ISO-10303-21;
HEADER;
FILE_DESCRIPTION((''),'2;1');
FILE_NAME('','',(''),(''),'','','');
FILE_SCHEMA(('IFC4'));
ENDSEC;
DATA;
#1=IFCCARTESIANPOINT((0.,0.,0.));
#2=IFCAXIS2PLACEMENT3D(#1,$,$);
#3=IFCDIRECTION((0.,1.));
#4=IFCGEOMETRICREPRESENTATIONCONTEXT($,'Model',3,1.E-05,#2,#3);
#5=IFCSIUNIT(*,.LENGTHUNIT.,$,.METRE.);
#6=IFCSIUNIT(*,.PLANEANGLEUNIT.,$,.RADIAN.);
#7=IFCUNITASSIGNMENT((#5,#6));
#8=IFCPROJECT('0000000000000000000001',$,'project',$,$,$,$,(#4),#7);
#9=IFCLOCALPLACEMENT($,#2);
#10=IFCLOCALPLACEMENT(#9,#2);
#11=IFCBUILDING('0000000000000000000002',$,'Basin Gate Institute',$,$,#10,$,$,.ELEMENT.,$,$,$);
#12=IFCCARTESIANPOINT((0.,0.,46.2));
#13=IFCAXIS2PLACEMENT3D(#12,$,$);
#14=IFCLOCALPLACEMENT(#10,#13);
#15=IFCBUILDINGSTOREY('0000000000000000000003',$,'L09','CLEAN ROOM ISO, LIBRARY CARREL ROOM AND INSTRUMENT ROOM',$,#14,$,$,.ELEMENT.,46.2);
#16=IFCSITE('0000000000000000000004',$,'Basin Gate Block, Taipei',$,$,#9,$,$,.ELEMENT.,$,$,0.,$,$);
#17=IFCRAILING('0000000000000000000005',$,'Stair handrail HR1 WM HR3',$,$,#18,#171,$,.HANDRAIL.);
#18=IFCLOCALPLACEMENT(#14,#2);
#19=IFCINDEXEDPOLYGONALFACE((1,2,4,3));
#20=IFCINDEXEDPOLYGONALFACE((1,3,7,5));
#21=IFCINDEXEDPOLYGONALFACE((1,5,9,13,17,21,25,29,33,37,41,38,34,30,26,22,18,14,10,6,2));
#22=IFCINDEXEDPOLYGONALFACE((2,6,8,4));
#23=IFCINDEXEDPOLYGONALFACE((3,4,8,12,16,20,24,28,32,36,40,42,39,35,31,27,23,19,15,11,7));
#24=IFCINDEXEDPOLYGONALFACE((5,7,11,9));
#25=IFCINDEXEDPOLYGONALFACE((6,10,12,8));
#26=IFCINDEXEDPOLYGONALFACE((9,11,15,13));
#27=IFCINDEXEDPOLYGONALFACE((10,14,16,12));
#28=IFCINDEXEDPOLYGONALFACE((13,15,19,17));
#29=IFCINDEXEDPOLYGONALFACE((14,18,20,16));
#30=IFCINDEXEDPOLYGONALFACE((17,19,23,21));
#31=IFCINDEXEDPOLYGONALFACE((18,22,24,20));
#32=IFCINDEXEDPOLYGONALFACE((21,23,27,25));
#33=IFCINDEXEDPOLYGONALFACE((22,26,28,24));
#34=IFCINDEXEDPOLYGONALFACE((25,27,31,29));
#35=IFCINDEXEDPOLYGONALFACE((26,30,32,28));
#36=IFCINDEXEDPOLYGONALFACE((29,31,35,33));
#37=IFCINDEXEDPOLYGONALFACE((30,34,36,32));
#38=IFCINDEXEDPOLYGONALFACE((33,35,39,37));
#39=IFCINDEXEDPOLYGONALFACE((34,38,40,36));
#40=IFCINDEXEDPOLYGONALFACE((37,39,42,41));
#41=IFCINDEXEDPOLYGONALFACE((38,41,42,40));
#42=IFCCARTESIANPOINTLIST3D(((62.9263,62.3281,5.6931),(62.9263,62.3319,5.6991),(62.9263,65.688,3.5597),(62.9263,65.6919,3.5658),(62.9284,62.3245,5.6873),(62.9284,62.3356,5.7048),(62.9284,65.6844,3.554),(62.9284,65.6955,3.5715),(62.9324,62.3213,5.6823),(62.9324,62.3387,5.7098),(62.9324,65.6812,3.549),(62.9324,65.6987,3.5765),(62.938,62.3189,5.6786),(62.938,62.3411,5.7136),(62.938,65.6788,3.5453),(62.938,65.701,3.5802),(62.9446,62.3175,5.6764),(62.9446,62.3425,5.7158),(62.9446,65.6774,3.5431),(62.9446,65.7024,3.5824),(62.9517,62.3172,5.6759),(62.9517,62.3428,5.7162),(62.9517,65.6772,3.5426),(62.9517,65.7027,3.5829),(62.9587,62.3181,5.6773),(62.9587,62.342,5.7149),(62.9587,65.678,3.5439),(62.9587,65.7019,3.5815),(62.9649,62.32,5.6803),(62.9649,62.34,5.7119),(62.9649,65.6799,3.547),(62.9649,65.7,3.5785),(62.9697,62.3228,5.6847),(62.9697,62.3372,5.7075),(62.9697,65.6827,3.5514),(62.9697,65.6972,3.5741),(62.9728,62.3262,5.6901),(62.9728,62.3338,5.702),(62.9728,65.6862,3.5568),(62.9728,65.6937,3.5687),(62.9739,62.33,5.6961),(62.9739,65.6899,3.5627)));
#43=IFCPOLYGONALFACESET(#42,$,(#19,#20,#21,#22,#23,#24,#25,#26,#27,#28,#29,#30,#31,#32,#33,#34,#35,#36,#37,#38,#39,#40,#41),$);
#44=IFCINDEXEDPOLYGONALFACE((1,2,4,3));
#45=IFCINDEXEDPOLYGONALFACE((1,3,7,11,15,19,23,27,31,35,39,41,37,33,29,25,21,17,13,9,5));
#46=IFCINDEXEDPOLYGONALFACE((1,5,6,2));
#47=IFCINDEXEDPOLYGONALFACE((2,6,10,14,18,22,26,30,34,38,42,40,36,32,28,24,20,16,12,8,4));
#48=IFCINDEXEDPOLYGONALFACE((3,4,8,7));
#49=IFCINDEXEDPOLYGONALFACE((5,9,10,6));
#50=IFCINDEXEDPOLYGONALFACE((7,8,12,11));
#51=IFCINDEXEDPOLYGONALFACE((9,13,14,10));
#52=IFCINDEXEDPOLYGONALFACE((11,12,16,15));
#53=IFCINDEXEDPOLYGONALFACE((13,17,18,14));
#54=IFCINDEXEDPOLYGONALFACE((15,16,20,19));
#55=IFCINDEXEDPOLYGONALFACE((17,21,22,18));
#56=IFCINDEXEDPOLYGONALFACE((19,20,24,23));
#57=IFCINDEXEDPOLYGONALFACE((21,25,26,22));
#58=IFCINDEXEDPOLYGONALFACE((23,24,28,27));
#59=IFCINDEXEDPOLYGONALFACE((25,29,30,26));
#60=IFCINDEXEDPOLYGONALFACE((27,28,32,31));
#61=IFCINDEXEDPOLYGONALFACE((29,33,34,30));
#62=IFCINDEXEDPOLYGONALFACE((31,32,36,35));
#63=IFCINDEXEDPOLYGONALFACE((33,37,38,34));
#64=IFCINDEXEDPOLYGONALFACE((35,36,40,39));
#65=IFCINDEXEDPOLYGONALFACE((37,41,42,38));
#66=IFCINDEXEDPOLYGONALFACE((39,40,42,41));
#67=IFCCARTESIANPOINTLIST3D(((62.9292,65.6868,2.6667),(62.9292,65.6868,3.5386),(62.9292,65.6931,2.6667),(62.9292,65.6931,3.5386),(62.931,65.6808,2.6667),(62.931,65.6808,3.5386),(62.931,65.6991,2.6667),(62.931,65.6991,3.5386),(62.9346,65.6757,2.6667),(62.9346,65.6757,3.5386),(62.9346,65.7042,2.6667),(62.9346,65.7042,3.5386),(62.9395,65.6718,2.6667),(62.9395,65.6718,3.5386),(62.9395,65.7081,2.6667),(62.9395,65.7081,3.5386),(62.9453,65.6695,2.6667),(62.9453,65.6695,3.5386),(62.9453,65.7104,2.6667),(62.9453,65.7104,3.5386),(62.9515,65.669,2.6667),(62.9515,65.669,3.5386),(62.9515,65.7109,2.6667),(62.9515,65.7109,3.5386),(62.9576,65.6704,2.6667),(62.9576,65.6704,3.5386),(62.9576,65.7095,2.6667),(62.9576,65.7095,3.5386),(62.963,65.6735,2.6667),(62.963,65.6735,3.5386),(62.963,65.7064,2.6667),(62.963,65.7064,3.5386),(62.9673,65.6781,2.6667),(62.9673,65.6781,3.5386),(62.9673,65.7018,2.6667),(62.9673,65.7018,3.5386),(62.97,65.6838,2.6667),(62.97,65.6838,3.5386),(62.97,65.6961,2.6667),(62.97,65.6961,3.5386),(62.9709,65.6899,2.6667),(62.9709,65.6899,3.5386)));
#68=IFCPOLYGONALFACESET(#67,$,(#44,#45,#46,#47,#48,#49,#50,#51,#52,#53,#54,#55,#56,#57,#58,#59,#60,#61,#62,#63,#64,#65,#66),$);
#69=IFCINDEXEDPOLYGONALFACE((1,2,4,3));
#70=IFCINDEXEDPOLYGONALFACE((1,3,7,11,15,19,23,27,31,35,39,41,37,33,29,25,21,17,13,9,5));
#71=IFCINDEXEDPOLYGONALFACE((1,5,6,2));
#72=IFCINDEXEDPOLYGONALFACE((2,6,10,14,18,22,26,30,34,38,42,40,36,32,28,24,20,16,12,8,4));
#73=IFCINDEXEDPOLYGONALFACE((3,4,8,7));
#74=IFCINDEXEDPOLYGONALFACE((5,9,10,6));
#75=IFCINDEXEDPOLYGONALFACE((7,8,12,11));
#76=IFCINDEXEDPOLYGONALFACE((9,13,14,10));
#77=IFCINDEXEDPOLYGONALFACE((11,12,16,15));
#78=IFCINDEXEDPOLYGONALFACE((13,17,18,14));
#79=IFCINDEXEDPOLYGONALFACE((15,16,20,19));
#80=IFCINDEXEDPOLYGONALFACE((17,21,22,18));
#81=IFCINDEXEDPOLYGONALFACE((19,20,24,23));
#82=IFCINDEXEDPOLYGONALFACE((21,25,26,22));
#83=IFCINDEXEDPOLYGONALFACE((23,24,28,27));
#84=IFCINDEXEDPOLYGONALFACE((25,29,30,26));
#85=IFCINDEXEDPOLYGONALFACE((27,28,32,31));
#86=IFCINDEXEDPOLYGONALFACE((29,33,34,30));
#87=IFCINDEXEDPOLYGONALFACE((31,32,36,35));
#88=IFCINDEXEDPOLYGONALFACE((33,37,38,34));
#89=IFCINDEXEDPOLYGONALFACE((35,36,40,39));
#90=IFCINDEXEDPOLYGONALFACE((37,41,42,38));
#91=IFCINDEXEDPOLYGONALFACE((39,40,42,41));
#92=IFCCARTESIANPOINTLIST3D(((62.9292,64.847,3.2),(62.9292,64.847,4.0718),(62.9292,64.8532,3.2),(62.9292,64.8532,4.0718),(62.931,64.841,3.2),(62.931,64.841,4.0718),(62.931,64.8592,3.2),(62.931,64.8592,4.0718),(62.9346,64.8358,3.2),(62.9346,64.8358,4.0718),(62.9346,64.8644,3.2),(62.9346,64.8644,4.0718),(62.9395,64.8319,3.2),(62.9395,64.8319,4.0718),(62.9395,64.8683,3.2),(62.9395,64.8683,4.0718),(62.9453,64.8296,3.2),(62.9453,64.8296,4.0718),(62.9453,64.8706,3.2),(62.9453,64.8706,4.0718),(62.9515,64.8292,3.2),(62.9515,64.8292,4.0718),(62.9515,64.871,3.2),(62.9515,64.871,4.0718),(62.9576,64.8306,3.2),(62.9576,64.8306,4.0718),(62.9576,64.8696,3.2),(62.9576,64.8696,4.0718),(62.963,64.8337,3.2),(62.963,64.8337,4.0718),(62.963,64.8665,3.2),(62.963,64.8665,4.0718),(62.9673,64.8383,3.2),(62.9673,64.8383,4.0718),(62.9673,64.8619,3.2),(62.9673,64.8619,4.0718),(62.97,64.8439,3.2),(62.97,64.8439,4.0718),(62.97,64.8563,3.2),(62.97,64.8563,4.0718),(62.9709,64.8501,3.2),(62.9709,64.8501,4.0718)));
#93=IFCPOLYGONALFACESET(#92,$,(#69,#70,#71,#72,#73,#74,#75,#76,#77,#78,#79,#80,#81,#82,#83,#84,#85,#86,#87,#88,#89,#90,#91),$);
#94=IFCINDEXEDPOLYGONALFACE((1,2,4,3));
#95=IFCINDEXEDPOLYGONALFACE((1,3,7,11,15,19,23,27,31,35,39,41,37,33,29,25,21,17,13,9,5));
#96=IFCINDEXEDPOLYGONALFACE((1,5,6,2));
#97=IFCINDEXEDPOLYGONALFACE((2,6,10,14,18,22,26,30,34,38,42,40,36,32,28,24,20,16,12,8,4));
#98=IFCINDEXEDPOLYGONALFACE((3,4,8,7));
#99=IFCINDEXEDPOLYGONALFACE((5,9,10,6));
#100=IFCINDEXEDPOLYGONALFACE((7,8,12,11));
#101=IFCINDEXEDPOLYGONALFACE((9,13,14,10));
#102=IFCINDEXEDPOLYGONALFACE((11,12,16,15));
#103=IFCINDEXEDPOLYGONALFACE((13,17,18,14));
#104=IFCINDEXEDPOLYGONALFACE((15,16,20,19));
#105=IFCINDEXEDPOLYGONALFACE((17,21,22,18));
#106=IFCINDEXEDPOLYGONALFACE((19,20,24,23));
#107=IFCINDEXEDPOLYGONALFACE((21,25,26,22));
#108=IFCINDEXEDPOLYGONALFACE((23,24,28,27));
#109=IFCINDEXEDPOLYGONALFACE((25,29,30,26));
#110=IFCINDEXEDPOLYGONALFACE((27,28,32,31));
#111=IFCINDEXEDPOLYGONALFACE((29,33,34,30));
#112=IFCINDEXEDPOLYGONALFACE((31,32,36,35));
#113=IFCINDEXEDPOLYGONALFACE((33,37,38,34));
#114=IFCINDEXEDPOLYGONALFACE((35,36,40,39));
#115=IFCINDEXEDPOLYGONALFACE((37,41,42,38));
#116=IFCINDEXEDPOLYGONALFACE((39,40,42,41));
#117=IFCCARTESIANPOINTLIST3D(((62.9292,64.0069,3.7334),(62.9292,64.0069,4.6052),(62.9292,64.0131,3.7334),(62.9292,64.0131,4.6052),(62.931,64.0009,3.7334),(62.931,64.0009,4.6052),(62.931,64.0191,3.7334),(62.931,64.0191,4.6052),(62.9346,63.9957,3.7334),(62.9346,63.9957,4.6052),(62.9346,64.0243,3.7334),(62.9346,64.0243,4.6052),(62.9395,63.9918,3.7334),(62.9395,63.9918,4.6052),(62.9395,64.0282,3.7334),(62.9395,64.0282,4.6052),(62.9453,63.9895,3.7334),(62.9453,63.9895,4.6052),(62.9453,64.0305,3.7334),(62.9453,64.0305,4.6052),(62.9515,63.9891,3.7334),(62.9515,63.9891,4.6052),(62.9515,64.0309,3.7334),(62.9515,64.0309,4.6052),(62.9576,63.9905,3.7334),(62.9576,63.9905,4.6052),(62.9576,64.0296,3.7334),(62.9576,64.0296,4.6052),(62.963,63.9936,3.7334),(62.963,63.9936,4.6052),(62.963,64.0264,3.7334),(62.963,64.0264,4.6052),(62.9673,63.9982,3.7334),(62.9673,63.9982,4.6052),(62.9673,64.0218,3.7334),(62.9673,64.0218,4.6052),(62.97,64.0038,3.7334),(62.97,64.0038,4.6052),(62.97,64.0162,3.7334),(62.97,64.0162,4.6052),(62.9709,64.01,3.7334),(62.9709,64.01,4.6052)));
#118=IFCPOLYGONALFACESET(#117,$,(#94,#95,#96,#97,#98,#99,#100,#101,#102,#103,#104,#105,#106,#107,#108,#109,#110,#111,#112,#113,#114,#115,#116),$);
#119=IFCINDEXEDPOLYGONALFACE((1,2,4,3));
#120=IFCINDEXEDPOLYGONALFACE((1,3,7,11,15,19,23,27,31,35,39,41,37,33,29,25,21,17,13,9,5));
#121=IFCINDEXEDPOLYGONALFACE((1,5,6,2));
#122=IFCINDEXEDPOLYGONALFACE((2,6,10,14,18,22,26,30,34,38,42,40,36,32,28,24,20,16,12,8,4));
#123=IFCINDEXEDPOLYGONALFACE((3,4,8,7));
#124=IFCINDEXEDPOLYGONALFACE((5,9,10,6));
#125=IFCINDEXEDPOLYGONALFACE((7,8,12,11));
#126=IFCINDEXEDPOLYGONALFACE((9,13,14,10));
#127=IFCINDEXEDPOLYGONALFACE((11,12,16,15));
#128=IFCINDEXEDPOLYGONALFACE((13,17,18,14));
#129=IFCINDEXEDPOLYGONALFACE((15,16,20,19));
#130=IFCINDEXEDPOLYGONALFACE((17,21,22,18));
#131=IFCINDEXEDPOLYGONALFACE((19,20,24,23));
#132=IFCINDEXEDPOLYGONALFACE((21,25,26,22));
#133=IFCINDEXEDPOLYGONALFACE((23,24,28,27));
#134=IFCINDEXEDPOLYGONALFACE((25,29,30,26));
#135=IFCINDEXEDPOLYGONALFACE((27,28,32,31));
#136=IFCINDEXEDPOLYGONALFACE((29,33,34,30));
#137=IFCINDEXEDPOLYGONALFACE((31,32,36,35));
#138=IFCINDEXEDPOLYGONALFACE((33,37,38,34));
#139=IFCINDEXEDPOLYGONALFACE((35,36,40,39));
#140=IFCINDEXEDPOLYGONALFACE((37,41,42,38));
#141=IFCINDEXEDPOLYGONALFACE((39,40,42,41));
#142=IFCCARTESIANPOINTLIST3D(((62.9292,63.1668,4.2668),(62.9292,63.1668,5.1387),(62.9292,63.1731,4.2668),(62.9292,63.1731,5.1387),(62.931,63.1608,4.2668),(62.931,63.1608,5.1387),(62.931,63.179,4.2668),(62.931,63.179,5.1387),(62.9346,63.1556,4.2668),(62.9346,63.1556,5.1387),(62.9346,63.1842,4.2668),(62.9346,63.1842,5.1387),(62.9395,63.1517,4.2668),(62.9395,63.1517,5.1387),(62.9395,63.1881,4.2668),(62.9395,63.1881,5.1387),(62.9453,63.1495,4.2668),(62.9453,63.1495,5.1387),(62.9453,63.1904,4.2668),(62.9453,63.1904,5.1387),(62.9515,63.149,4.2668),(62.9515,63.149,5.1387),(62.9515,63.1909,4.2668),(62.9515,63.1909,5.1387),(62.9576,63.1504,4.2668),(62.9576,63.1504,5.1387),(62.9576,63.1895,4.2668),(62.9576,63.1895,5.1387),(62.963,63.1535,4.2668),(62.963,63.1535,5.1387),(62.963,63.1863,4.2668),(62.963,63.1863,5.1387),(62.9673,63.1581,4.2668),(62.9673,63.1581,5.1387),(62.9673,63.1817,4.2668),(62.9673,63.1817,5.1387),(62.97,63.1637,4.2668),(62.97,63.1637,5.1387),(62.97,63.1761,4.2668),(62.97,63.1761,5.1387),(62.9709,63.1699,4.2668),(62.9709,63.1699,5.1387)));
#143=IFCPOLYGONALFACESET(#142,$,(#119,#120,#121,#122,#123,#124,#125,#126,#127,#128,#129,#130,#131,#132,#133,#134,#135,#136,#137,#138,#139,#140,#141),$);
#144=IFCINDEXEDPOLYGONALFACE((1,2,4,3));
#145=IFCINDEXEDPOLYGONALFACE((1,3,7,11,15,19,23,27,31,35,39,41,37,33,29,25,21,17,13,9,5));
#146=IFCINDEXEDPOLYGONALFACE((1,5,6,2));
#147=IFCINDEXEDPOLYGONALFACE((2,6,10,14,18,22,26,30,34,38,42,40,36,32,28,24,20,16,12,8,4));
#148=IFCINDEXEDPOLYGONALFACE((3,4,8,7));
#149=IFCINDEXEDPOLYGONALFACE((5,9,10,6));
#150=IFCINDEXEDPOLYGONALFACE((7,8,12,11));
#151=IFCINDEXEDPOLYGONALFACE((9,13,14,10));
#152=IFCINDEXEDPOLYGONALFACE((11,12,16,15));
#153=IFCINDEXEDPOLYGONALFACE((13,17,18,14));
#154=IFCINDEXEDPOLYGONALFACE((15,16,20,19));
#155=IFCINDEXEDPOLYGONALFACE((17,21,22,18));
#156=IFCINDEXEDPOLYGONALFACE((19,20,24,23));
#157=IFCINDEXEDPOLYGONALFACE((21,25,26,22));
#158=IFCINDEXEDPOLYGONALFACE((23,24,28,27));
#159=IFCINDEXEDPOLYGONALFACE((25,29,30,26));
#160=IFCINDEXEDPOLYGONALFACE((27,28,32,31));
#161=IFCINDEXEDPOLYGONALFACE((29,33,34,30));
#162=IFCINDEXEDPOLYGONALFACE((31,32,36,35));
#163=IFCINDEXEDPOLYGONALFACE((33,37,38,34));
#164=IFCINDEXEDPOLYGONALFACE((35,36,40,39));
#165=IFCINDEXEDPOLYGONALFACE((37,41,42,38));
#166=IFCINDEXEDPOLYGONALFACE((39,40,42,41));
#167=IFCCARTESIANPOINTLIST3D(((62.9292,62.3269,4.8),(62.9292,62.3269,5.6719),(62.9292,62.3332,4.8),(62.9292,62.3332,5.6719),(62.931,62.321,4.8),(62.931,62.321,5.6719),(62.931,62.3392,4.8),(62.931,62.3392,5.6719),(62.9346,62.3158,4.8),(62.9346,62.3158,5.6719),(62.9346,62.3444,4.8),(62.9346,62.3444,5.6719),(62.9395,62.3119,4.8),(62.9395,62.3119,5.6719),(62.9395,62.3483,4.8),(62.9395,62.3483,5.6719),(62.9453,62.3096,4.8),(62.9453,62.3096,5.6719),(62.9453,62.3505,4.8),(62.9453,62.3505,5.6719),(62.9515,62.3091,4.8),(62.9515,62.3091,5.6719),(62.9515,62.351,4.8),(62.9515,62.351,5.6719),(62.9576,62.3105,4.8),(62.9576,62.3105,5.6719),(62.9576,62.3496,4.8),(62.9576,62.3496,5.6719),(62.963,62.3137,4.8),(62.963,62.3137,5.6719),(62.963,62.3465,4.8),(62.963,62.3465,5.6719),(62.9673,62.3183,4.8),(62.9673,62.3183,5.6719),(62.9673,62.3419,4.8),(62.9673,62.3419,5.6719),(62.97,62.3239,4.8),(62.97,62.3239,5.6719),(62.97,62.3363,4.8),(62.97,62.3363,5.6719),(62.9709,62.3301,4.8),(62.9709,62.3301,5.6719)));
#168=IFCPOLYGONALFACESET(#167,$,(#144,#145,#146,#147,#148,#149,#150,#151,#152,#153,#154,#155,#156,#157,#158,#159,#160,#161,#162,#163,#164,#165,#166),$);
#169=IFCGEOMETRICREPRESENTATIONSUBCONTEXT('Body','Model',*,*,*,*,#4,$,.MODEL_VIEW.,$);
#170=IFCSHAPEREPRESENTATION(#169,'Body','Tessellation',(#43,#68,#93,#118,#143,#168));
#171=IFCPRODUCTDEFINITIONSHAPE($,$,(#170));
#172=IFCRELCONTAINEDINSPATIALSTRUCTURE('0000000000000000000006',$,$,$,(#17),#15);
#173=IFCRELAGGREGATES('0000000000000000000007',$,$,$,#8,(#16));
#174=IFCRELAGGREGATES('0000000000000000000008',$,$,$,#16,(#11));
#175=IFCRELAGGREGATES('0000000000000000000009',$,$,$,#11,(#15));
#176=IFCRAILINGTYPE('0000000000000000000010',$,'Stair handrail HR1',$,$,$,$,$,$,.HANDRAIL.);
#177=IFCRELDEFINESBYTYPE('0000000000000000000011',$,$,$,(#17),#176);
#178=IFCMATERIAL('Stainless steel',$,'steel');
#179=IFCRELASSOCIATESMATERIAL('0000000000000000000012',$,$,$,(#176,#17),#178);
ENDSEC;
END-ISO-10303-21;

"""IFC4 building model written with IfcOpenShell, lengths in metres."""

from ifc_helpers import new_model, si_unit, direction, frame, origin, origin_2d, place, context, subcontext, project, spatial, circle, extrude, material, type_object, element, save


model = new_model("IFC4")

# Units and contexts
model_context = context("Model", 3, precision=1e-05, world=origin(), true_north=direction((0.0, 1.0)))
body_context = subcontext(model_context, "Body", "Model", "MODEL_VIEW")
ifc_project = project(units=[si_unit("LENGTHUNIT", "METRE"), si_unit("PLANEANGLEUNIT", "RADIAN")], contexts=[model_context])

# Site, building, storey
site_placement = place(None, origin())
site = spatial("IfcSite", under=ifc_project, at=site_placement, Name="Basin Gate Block, Taipei", CompositionType="ELEMENT", RefElevation=0.0)
building_placement = place(site_placement, origin())
building = spatial("IfcBuilding", under=site, at=building_placement, Name="Basin Gate Institute", CompositionType="ELEMENT")
storey_placement = place(building_placement, frame((0.0, 0.0, 46.2)))
storey = spatial("IfcBuildingStorey", under=building, at=storey_placement, Name="L09", Description="CLEAN ROOM ISO, LIBRARY CARREL ROOM AND INSTRUMENT ROOM", CompositionType="ELEMENT", Elevation=46.2)

# Railing
ifc_material_1 = material(Name="Stainless steel", Category="steel")
railing_type_1 = type_object("IfcRailingType", Name="Stair handrail HR1", PredefinedType="HANDRAIL", material=ifc_material_1)
railing_1_placement = place(storey_placement, frame((62.95, 65.6899, 2.6667)))
element("IfcRailing", 1, at=railing_1_placement, inside=storey, type_object=railing_type_1, material=ifc_material_1, Name="Stair handrail HR1 WM HR3", PredefinedType="HANDRAIL", context=body_context, shape_type="SweptSolid", body=[
    extrude(circle(Radius=0.0239, at=origin_2d()), frame((0.0, 0.0, 0.896), z_axis=(0.0, -0.844207, 0.536018), x_axis=(1.0, 0.0, 0.0)), (0.0, 0.0, 1.0), 3.98),
    extrude(circle(Radius=0.021, at=origin_2d()), origin(), (0.0, 0.0, 1.0), 0.8718),
    extrude(circle(Radius=0.021, at=origin_2d()), frame((0.0, -0.8398, 0.5332)), (0.0, 0.0, 1.0), 0.8718),
    extrude(circle(Radius=0.021, at=origin_2d()), frame((0.0, -1.6799, 1.0667)), (0.0, 0.0, 1.0), 0.8718),
    extrude(circle(Radius=0.021, at=origin_2d()), frame((0.0, -2.52, 1.6001)), (0.0, 0.0, 1.0), 0.8718),
    extrude(circle(Radius=0.021, at=origin_2d()), frame((0.0, -3.3599, 2.1333)), (0.0, 0.0, 1.0), 0.8718),
])

save(model, "model.ifc")
